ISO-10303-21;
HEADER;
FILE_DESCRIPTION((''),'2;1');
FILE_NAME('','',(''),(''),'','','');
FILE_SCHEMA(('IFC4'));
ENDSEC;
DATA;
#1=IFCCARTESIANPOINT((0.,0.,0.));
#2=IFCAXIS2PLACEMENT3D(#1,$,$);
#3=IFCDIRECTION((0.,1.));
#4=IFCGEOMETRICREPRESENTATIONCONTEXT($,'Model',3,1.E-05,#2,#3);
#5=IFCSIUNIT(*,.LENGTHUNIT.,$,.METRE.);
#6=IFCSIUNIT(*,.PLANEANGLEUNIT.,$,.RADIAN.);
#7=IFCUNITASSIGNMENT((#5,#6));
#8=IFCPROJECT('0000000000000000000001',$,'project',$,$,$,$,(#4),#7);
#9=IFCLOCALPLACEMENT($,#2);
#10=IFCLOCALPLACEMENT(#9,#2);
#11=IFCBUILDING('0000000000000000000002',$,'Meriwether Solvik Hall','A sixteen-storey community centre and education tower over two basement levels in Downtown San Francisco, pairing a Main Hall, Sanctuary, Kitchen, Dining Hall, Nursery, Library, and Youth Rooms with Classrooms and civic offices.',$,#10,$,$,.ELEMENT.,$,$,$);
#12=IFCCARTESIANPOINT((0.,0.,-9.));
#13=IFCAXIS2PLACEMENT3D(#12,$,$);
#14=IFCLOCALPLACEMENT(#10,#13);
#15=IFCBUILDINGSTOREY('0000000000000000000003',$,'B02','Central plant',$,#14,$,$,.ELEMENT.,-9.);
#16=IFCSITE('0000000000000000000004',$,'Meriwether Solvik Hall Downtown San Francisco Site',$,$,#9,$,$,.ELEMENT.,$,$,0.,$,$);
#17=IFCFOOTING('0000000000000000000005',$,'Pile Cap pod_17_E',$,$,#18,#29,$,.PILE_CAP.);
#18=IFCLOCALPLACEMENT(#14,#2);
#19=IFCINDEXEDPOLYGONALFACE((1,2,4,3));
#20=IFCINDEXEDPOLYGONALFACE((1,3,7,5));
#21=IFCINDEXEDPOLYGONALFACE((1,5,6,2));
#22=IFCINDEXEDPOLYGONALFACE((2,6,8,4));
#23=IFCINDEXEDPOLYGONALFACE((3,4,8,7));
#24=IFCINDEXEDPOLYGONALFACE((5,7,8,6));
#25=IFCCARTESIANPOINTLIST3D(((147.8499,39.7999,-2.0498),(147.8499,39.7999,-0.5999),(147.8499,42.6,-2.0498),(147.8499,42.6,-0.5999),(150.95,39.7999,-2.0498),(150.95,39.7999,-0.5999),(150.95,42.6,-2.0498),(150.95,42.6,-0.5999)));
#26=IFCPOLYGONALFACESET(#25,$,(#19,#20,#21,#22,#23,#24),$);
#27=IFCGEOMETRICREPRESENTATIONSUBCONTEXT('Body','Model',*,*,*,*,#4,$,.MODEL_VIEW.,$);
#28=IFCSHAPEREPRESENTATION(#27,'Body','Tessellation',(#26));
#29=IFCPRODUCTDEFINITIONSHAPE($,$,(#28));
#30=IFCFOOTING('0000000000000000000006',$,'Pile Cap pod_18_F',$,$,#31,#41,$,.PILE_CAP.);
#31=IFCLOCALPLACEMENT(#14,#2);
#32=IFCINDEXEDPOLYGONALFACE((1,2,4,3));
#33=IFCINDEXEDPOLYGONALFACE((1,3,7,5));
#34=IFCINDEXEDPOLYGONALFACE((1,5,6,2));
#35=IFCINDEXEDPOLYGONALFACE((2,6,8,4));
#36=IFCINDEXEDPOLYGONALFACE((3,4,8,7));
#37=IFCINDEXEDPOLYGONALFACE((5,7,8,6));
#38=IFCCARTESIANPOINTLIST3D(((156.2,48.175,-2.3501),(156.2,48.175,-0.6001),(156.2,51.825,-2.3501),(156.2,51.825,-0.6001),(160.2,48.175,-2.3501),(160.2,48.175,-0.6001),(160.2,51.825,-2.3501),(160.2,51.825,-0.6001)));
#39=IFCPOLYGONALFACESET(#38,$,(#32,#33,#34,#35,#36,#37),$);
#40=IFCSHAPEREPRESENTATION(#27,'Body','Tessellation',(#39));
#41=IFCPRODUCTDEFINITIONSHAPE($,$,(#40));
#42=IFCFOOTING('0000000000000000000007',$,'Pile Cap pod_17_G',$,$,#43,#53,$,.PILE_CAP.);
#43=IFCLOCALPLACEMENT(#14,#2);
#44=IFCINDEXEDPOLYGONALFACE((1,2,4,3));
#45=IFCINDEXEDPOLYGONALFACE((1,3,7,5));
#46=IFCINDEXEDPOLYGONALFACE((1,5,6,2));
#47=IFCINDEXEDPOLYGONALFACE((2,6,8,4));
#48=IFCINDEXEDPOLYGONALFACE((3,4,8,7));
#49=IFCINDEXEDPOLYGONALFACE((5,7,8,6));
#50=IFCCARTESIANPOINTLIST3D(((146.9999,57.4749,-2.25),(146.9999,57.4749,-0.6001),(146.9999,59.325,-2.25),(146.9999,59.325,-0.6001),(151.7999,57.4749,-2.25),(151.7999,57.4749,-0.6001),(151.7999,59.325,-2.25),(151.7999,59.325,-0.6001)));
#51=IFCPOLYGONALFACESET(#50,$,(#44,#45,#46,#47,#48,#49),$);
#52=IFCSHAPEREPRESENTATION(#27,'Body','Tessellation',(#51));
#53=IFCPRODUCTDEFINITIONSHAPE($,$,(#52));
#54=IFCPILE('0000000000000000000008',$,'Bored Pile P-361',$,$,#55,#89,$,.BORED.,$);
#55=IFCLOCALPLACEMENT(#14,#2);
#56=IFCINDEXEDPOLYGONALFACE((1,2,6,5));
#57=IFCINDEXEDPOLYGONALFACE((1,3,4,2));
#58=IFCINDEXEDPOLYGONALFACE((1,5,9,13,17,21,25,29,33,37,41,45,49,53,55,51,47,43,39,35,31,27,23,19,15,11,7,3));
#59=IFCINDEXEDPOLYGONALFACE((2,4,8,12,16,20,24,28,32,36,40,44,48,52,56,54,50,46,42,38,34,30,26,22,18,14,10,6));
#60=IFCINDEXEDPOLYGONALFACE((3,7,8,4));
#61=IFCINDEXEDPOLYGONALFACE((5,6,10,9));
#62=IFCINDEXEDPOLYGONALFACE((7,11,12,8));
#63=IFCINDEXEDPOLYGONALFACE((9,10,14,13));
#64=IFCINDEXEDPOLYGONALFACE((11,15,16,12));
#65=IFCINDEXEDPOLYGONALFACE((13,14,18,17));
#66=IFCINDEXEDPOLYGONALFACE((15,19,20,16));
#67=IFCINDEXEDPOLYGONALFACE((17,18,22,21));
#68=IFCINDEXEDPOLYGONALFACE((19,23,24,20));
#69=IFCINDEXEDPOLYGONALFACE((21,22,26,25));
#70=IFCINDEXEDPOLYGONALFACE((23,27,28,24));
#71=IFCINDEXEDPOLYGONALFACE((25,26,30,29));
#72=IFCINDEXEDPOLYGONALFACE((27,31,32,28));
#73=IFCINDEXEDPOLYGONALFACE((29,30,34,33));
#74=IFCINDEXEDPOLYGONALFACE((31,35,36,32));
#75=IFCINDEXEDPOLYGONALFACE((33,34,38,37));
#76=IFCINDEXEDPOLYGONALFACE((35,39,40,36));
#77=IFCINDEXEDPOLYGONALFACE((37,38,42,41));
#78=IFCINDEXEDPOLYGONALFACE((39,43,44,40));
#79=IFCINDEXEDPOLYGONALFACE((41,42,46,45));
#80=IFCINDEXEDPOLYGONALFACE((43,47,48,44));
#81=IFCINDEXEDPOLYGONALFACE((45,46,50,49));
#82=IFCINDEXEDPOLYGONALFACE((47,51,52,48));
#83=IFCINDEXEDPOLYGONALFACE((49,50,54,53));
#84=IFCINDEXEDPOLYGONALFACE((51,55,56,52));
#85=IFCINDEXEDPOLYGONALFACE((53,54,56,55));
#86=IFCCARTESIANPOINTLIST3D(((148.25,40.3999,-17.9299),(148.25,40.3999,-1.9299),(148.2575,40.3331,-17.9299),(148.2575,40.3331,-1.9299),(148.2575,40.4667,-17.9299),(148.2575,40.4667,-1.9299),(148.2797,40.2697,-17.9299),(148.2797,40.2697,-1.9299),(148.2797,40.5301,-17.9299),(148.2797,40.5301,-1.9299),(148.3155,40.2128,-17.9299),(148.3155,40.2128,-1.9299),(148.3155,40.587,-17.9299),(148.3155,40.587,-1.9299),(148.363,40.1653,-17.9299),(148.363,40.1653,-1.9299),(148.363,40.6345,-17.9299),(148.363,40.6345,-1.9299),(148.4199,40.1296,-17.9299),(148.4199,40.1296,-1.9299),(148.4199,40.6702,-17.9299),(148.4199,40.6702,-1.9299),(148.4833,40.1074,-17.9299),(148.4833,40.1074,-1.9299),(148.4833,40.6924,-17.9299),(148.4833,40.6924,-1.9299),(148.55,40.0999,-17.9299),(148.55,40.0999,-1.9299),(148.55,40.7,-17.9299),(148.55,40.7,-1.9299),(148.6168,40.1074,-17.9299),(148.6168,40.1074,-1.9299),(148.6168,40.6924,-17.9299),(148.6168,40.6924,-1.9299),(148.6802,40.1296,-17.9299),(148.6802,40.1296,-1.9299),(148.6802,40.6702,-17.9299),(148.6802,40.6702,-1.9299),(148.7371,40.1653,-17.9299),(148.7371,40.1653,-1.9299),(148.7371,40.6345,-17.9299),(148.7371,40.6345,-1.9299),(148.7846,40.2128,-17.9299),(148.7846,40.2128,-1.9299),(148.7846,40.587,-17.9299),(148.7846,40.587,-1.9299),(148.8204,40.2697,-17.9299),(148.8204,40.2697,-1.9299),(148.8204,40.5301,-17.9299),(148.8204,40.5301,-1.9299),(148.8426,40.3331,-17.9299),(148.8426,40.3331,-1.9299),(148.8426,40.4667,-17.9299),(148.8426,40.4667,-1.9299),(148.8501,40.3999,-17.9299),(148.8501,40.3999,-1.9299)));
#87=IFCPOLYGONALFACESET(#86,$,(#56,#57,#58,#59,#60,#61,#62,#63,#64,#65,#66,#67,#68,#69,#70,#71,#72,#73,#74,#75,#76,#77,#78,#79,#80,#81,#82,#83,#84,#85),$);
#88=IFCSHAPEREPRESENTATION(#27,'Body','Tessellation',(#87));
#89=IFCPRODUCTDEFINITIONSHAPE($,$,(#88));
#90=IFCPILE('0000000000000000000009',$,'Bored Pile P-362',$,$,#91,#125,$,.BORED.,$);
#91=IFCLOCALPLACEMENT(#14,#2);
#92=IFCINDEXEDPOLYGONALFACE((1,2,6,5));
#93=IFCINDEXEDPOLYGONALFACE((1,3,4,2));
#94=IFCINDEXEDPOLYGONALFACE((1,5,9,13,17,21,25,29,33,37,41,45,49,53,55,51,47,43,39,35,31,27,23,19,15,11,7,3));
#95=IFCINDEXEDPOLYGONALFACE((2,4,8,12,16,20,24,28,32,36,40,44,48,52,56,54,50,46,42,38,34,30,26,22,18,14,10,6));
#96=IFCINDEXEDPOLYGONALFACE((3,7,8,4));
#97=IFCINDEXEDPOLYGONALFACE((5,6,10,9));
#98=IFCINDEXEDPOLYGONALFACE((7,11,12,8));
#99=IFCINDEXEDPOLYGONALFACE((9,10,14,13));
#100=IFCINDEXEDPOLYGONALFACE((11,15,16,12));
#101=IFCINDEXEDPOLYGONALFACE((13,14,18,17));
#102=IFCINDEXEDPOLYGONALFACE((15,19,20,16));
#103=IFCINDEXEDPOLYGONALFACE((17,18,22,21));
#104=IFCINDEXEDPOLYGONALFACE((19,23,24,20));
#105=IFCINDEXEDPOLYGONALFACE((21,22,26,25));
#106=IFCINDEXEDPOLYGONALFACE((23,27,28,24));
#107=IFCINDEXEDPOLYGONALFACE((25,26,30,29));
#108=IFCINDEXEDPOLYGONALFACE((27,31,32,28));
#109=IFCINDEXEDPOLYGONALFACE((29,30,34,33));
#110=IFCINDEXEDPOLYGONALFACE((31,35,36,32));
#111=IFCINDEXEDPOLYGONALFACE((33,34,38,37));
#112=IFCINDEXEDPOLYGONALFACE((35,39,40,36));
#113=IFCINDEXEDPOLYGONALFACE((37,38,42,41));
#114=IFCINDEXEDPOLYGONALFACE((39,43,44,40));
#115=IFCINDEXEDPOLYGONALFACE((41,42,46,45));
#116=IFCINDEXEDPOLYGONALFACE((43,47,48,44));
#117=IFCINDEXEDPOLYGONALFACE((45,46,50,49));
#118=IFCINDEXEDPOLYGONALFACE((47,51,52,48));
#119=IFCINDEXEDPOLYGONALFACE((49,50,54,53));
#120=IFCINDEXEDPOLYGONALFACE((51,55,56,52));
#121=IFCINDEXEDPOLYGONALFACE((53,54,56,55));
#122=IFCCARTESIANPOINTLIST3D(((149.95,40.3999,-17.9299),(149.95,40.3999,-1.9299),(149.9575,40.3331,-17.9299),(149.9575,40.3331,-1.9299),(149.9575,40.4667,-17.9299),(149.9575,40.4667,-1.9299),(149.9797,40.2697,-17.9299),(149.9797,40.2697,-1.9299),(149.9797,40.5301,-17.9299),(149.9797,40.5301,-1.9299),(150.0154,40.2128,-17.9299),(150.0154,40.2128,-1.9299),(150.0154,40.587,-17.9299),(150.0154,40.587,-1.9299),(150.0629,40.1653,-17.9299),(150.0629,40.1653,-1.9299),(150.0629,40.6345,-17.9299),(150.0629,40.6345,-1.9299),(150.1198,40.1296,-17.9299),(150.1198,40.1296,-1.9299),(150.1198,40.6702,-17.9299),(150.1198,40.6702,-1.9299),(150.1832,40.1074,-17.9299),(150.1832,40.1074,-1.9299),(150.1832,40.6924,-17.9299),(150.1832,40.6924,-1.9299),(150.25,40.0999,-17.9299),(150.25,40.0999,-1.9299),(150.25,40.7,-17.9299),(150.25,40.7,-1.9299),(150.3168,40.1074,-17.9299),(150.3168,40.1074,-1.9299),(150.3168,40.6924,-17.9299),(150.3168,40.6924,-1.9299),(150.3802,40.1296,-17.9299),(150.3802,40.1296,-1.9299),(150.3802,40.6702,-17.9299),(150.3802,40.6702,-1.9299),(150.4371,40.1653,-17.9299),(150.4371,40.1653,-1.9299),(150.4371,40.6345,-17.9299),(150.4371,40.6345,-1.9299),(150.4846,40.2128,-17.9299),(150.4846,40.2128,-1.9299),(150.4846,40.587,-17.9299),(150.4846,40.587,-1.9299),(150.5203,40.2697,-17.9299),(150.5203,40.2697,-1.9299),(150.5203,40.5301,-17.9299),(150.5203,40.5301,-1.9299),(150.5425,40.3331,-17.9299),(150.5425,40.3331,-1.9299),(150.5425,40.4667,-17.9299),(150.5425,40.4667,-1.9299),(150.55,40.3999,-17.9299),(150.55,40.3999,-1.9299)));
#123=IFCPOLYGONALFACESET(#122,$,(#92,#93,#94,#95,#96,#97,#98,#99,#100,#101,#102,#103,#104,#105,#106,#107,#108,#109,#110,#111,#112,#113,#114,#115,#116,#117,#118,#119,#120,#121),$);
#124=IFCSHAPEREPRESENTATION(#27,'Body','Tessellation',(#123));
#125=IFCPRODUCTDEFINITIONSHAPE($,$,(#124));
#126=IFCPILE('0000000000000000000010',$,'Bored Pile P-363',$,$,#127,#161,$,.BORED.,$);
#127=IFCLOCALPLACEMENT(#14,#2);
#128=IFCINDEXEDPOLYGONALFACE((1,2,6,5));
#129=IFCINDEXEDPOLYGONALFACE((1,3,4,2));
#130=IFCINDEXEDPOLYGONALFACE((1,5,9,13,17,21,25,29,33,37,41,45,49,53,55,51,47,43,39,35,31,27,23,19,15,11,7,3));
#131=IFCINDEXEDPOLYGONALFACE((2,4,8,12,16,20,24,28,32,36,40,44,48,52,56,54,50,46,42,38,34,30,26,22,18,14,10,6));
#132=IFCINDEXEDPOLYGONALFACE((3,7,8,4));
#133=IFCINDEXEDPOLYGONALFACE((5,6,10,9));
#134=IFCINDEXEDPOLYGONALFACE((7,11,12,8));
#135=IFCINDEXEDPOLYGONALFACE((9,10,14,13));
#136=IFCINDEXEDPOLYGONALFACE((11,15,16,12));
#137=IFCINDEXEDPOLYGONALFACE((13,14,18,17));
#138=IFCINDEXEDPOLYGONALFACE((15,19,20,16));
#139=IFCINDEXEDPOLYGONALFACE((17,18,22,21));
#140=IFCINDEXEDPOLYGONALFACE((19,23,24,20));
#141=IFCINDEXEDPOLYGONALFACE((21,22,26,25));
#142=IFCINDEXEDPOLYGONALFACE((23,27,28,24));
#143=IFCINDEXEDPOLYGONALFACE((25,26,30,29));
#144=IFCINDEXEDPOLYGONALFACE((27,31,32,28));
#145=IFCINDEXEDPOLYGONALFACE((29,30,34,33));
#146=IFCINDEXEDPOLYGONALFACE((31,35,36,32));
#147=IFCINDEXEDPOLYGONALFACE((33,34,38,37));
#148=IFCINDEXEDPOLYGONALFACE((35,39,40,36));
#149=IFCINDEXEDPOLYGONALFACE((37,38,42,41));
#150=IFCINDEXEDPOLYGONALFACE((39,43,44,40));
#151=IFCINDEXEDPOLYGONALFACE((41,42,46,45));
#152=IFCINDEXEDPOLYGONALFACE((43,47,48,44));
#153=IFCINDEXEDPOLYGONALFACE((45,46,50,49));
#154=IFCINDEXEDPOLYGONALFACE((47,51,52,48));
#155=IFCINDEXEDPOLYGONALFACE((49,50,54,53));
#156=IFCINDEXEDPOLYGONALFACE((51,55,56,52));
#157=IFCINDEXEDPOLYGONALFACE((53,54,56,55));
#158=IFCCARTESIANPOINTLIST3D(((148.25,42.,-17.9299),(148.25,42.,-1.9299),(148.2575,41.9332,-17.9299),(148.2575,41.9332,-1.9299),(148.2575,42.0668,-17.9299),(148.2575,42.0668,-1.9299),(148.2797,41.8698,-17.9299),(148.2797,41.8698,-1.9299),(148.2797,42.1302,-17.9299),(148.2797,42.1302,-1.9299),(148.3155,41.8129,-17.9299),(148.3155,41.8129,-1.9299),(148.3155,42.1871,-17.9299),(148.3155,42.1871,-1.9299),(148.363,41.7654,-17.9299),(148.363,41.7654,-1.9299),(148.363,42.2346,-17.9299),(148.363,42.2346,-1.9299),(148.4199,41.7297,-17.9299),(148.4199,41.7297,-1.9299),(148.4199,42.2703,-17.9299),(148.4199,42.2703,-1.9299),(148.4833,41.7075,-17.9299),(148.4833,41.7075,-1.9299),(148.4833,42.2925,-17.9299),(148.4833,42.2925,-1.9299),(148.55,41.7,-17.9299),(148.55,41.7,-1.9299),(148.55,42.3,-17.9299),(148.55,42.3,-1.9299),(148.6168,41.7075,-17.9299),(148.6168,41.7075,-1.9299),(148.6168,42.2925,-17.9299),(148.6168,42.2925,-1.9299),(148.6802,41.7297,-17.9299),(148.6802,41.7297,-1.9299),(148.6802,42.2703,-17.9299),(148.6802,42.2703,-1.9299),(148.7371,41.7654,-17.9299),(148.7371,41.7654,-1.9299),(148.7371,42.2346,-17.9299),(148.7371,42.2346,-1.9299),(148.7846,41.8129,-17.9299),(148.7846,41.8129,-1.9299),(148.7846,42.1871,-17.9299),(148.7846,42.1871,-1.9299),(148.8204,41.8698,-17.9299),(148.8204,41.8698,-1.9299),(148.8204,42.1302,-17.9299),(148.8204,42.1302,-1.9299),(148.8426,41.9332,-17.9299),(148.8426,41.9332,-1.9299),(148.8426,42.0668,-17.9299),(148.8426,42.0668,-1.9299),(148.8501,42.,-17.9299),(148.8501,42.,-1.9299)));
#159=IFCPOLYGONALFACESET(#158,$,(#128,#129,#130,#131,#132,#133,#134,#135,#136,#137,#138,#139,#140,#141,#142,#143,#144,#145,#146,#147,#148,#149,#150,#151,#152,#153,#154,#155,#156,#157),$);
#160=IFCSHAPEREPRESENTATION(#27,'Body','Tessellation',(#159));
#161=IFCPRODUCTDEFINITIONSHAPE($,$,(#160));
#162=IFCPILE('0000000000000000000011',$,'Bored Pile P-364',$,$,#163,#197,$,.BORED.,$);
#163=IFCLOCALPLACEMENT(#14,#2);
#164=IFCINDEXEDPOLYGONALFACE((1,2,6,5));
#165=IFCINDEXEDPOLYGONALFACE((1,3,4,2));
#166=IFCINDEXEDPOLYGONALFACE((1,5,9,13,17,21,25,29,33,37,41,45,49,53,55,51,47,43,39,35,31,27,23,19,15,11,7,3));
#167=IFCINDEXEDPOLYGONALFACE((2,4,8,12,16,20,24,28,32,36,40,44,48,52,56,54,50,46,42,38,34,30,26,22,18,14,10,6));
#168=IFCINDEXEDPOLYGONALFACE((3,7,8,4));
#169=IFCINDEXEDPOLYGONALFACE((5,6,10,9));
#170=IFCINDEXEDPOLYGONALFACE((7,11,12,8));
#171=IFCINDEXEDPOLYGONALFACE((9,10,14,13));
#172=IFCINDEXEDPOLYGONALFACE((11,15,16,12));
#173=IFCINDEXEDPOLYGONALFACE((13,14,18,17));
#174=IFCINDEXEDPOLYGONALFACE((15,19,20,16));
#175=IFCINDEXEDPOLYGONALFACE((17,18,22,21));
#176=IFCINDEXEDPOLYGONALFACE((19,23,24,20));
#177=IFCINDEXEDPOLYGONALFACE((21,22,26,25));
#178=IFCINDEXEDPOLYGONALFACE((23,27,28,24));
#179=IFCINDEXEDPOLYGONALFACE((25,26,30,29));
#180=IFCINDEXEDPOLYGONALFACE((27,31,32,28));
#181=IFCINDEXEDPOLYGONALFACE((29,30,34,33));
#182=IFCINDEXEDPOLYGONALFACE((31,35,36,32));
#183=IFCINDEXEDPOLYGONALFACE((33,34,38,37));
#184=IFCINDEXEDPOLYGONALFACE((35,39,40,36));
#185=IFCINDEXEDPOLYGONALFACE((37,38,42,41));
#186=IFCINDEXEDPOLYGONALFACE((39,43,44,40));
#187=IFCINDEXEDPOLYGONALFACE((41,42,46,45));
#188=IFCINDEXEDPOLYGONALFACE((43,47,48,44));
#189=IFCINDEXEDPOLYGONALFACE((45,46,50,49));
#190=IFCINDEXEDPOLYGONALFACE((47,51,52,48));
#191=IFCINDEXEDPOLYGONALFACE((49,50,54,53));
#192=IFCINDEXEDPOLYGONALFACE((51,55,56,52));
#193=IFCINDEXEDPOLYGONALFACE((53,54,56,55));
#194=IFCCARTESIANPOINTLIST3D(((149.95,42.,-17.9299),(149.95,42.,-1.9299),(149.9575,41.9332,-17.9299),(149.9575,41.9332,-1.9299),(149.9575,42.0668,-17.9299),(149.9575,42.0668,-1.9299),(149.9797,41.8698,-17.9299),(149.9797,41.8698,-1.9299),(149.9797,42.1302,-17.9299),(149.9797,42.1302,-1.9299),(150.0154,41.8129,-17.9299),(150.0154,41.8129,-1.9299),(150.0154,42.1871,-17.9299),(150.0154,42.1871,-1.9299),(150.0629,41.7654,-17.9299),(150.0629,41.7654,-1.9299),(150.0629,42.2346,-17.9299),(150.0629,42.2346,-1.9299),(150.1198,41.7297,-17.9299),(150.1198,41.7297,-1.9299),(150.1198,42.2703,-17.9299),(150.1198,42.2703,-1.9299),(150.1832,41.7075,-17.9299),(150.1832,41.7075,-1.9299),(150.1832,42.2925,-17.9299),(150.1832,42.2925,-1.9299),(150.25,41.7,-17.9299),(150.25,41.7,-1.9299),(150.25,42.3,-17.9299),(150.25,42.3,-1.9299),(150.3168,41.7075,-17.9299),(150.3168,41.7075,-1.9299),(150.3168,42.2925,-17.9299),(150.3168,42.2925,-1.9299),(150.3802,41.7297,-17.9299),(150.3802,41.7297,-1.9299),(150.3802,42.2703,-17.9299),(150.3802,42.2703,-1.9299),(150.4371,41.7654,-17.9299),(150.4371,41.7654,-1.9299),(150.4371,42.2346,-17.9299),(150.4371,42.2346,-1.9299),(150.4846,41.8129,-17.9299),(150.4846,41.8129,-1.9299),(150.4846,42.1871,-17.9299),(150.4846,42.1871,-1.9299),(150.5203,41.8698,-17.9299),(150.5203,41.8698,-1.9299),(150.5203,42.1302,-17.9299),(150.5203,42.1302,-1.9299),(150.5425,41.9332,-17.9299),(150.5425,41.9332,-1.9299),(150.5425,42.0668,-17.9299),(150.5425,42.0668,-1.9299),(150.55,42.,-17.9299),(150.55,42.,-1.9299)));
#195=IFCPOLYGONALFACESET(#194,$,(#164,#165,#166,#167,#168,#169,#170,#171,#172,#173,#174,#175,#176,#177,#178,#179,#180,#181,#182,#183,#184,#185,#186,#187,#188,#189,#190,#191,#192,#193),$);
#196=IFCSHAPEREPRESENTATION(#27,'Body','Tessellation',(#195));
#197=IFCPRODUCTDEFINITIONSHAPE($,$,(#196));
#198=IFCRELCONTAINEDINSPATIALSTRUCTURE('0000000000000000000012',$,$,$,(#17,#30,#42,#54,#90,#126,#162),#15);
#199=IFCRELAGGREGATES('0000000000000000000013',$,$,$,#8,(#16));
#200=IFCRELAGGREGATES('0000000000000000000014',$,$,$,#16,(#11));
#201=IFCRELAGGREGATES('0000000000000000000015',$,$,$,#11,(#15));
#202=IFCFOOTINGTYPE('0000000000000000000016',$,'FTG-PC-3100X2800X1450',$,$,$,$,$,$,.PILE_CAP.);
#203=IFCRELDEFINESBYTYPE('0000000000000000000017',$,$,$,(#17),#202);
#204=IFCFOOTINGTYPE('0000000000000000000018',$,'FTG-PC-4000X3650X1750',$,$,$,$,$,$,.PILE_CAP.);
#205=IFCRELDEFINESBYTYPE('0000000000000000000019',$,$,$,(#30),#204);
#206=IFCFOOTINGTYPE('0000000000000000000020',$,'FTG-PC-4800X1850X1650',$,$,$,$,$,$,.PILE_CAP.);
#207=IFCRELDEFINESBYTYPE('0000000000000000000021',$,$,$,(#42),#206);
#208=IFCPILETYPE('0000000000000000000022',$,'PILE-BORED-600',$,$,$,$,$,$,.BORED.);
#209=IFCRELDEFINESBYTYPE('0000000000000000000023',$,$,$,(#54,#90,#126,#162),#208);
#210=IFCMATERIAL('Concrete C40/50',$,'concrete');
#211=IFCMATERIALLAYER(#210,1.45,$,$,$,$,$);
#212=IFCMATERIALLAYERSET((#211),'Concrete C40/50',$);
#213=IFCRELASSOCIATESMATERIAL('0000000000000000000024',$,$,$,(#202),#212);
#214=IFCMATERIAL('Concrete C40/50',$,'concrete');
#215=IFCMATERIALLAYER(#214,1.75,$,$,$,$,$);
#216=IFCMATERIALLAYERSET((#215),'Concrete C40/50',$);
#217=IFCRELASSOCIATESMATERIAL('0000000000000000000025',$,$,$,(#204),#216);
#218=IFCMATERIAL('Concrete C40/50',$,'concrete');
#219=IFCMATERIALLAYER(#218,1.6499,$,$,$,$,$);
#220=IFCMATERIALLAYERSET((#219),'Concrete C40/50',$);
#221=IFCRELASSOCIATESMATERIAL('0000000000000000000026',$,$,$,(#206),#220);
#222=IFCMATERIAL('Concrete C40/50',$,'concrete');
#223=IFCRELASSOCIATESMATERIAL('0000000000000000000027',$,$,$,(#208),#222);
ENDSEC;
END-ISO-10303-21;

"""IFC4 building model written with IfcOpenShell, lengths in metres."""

from ifc_helpers import new_model, si_unit, direction, frame, origin, origin_2d, place, context, subcontext, project, spatial, rectangle, circle, extrude, material, layer, layer_set, material_profile, profile_set, type_object, element, save


model = new_model("IFC4")

# Units and contexts
model_context = context("Model", 3, precision=1e-05, world=origin(), true_north=direction((0.0, 1.0)))
body_context = subcontext(model_context, "Body", "Model", "MODEL_VIEW")
ifc_project = project(units=[si_unit("LENGTHUNIT", "METRE"), si_unit("PLANEANGLEUNIT", "RADIAN")], contexts=[model_context])

# Site, building, storey
site_placement = place(None, origin())
site = spatial("IfcSite", under=ifc_project, at=site_placement, Name="Meriwether Solvik Hall Downtown San Francisco Site", CompositionType="ELEMENT", RefElevation=0.0)
building_placement = place(site_placement, origin())
building = spatial("IfcBuilding", under=site, at=building_placement, Name="Meriwether Solvik Hall", Description="A sixteen-storey community centre and education tower over two basement levels in Downtown San Francisco, pairing a Main Hall, Sanctuary, Kitchen, Dining Hall, Nursery, Library, and Youth Rooms with Classrooms and civic offices.", CompositionType="ELEMENT")
storey_placement = place(building_placement, frame((0.0, 0.0, -9.0)))
storey = spatial("IfcBuildingStorey", under=building, at=storey_placement, Name="B02", Description="Central plant", CompositionType="ELEMENT", Elevation=-9.0)

# Footings
ifc_material_1 = material(Name="Concrete C40/50", Category="concrete")
ifc_layer_1 = layer(ifc_material_1, 1.45)
ifc_layer_set_1 = layer_set([ifc_layer_1], Name="Concrete C40/50")
footing_type_1 = type_object("IfcFootingType", Name="FTG-PC-3100X2800X1450", PredefinedType="PILE_CAP", material=ifc_layer_set_1)
footing_1_placement = place(storey_placement, frame((149.3999, 41.2, -2.0498), z_axis=(0.0, 0.0, 1.0), x_axis=(1.0, 0.0, 0.0)))
element("IfcFooting", 1, at=footing_1_placement, inside=storey, type_object=footing_type_1, Name="Pile Cap pod_17_E", PredefinedType="PILE_CAP", context=body_context, shape_type="SweptSolid", body=[
    extrude(rectangle(XDim=3.1001, YDim=2.8, at=origin_2d()), origin(), (0.0, 0.0, 1.0), 1.45),
])
ifc_material_2 = material(Name="Concrete C40/50", Category="concrete")
ifc_layer_2 = layer(ifc_material_2, 1.75)
ifc_layer_set_2 = layer_set([ifc_layer_2], Name="Concrete C40/50")
footing_type_2 = type_object("IfcFootingType", Name="FTG-PC-4000X3650X1750", PredefinedType="PILE_CAP", material=ifc_layer_set_2)
footing_2_placement = place(storey_placement, frame((158.2, 50.0, -2.3501), z_axis=(0.0, 0.0, 1.0), x_axis=(1.0, 0.0, 0.0)))
element("IfcFooting", 2, at=footing_2_placement, inside=storey, type_object=footing_type_2, Name="Pile Cap pod_18_F", PredefinedType="PILE_CAP", context=body_context, shape_type="SweptSolid", body=[
    extrude(rectangle(XDim=4.0, YDim=3.6499, at=origin_2d()), origin(), (0.0, 0.0, 1.0), 1.75),
])
ifc_material_3 = material(Name="Concrete C40/50", Category="concrete")
ifc_layer_3 = layer(ifc_material_3, 1.6499)
ifc_layer_set_3 = layer_set([ifc_layer_3], Name="Concrete C40/50")
footing_type_3 = type_object("IfcFootingType", Name="FTG-PC-4800X1850X1650", PredefinedType="PILE_CAP", material=ifc_layer_set_3)
footing_3_placement = place(storey_placement, frame((149.3999, 58.3999, -2.25), z_axis=(0.0, 0.0, 1.0), x_axis=(1.0, 0.0, 0.0)))
element("IfcFooting", 3, at=footing_3_placement, inside=storey, type_object=footing_type_3, Name="Pile Cap pod_17_G", PredefinedType="PILE_CAP", context=body_context, shape_type="SweptSolid", body=[
    extrude(rectangle(XDim=4.8, YDim=1.8501, at=origin_2d()), origin(), (0.0, 0.0, 1.0), 1.6499),
])

# Piles
ifc_material_4 = material(Name="Concrete C40/50", Category="concrete")
ifc_material_profile_1 = material_profile(ifc_material_4, circle(Radius=0.3, at=origin_2d()), Name="PILE-D600")
ifc_profile_set_1 = profile_set([ifc_material_profile_1], Name="Concrete C40/50")
pile_type_1 = type_object("IfcPileType", Name="PILE-BORED-600", PredefinedType="BORED", material=ifc_profile_set_1)
for number, where, z_axis, x_axis, name in (
    (4, (148.55, 40.3999, -1.9299), (0.0, 0.0, -1.0), (1.0, 0.0, 0.0), "Bored Pile P-361"),
    (5, (150.25, 40.3999, -1.9299), (0.0, 0.0, -1.0), (1.0, 0.0, 0.0), "Bored Pile P-362"),
    (6, (148.55, 42.0, -1.9299), (0.0, 0.0, -1.0), (1.0, 0.0, 0.0), "Bored Pile P-363"),
    (7, (150.25, 42.0, -1.9299), (0.0, 0.0, -1.0), (1.0, 0.0, 0.0), "Bored Pile P-364"),
):
    element("IfcPile", number, at=place(storey_placement, frame(where, z_axis=z_axis, x_axis=x_axis)), inside=storey, type_object=pile_type_1, Name=name, PredefinedType="BORED", context=body_context, shape_type="SweptSolid", body=[
        extrude(circle(Radius=0.3, at=origin_2d()), origin(), (0.0, 0.0, 1.0), 16.0),
    ])

save(model, "model.ifc")
